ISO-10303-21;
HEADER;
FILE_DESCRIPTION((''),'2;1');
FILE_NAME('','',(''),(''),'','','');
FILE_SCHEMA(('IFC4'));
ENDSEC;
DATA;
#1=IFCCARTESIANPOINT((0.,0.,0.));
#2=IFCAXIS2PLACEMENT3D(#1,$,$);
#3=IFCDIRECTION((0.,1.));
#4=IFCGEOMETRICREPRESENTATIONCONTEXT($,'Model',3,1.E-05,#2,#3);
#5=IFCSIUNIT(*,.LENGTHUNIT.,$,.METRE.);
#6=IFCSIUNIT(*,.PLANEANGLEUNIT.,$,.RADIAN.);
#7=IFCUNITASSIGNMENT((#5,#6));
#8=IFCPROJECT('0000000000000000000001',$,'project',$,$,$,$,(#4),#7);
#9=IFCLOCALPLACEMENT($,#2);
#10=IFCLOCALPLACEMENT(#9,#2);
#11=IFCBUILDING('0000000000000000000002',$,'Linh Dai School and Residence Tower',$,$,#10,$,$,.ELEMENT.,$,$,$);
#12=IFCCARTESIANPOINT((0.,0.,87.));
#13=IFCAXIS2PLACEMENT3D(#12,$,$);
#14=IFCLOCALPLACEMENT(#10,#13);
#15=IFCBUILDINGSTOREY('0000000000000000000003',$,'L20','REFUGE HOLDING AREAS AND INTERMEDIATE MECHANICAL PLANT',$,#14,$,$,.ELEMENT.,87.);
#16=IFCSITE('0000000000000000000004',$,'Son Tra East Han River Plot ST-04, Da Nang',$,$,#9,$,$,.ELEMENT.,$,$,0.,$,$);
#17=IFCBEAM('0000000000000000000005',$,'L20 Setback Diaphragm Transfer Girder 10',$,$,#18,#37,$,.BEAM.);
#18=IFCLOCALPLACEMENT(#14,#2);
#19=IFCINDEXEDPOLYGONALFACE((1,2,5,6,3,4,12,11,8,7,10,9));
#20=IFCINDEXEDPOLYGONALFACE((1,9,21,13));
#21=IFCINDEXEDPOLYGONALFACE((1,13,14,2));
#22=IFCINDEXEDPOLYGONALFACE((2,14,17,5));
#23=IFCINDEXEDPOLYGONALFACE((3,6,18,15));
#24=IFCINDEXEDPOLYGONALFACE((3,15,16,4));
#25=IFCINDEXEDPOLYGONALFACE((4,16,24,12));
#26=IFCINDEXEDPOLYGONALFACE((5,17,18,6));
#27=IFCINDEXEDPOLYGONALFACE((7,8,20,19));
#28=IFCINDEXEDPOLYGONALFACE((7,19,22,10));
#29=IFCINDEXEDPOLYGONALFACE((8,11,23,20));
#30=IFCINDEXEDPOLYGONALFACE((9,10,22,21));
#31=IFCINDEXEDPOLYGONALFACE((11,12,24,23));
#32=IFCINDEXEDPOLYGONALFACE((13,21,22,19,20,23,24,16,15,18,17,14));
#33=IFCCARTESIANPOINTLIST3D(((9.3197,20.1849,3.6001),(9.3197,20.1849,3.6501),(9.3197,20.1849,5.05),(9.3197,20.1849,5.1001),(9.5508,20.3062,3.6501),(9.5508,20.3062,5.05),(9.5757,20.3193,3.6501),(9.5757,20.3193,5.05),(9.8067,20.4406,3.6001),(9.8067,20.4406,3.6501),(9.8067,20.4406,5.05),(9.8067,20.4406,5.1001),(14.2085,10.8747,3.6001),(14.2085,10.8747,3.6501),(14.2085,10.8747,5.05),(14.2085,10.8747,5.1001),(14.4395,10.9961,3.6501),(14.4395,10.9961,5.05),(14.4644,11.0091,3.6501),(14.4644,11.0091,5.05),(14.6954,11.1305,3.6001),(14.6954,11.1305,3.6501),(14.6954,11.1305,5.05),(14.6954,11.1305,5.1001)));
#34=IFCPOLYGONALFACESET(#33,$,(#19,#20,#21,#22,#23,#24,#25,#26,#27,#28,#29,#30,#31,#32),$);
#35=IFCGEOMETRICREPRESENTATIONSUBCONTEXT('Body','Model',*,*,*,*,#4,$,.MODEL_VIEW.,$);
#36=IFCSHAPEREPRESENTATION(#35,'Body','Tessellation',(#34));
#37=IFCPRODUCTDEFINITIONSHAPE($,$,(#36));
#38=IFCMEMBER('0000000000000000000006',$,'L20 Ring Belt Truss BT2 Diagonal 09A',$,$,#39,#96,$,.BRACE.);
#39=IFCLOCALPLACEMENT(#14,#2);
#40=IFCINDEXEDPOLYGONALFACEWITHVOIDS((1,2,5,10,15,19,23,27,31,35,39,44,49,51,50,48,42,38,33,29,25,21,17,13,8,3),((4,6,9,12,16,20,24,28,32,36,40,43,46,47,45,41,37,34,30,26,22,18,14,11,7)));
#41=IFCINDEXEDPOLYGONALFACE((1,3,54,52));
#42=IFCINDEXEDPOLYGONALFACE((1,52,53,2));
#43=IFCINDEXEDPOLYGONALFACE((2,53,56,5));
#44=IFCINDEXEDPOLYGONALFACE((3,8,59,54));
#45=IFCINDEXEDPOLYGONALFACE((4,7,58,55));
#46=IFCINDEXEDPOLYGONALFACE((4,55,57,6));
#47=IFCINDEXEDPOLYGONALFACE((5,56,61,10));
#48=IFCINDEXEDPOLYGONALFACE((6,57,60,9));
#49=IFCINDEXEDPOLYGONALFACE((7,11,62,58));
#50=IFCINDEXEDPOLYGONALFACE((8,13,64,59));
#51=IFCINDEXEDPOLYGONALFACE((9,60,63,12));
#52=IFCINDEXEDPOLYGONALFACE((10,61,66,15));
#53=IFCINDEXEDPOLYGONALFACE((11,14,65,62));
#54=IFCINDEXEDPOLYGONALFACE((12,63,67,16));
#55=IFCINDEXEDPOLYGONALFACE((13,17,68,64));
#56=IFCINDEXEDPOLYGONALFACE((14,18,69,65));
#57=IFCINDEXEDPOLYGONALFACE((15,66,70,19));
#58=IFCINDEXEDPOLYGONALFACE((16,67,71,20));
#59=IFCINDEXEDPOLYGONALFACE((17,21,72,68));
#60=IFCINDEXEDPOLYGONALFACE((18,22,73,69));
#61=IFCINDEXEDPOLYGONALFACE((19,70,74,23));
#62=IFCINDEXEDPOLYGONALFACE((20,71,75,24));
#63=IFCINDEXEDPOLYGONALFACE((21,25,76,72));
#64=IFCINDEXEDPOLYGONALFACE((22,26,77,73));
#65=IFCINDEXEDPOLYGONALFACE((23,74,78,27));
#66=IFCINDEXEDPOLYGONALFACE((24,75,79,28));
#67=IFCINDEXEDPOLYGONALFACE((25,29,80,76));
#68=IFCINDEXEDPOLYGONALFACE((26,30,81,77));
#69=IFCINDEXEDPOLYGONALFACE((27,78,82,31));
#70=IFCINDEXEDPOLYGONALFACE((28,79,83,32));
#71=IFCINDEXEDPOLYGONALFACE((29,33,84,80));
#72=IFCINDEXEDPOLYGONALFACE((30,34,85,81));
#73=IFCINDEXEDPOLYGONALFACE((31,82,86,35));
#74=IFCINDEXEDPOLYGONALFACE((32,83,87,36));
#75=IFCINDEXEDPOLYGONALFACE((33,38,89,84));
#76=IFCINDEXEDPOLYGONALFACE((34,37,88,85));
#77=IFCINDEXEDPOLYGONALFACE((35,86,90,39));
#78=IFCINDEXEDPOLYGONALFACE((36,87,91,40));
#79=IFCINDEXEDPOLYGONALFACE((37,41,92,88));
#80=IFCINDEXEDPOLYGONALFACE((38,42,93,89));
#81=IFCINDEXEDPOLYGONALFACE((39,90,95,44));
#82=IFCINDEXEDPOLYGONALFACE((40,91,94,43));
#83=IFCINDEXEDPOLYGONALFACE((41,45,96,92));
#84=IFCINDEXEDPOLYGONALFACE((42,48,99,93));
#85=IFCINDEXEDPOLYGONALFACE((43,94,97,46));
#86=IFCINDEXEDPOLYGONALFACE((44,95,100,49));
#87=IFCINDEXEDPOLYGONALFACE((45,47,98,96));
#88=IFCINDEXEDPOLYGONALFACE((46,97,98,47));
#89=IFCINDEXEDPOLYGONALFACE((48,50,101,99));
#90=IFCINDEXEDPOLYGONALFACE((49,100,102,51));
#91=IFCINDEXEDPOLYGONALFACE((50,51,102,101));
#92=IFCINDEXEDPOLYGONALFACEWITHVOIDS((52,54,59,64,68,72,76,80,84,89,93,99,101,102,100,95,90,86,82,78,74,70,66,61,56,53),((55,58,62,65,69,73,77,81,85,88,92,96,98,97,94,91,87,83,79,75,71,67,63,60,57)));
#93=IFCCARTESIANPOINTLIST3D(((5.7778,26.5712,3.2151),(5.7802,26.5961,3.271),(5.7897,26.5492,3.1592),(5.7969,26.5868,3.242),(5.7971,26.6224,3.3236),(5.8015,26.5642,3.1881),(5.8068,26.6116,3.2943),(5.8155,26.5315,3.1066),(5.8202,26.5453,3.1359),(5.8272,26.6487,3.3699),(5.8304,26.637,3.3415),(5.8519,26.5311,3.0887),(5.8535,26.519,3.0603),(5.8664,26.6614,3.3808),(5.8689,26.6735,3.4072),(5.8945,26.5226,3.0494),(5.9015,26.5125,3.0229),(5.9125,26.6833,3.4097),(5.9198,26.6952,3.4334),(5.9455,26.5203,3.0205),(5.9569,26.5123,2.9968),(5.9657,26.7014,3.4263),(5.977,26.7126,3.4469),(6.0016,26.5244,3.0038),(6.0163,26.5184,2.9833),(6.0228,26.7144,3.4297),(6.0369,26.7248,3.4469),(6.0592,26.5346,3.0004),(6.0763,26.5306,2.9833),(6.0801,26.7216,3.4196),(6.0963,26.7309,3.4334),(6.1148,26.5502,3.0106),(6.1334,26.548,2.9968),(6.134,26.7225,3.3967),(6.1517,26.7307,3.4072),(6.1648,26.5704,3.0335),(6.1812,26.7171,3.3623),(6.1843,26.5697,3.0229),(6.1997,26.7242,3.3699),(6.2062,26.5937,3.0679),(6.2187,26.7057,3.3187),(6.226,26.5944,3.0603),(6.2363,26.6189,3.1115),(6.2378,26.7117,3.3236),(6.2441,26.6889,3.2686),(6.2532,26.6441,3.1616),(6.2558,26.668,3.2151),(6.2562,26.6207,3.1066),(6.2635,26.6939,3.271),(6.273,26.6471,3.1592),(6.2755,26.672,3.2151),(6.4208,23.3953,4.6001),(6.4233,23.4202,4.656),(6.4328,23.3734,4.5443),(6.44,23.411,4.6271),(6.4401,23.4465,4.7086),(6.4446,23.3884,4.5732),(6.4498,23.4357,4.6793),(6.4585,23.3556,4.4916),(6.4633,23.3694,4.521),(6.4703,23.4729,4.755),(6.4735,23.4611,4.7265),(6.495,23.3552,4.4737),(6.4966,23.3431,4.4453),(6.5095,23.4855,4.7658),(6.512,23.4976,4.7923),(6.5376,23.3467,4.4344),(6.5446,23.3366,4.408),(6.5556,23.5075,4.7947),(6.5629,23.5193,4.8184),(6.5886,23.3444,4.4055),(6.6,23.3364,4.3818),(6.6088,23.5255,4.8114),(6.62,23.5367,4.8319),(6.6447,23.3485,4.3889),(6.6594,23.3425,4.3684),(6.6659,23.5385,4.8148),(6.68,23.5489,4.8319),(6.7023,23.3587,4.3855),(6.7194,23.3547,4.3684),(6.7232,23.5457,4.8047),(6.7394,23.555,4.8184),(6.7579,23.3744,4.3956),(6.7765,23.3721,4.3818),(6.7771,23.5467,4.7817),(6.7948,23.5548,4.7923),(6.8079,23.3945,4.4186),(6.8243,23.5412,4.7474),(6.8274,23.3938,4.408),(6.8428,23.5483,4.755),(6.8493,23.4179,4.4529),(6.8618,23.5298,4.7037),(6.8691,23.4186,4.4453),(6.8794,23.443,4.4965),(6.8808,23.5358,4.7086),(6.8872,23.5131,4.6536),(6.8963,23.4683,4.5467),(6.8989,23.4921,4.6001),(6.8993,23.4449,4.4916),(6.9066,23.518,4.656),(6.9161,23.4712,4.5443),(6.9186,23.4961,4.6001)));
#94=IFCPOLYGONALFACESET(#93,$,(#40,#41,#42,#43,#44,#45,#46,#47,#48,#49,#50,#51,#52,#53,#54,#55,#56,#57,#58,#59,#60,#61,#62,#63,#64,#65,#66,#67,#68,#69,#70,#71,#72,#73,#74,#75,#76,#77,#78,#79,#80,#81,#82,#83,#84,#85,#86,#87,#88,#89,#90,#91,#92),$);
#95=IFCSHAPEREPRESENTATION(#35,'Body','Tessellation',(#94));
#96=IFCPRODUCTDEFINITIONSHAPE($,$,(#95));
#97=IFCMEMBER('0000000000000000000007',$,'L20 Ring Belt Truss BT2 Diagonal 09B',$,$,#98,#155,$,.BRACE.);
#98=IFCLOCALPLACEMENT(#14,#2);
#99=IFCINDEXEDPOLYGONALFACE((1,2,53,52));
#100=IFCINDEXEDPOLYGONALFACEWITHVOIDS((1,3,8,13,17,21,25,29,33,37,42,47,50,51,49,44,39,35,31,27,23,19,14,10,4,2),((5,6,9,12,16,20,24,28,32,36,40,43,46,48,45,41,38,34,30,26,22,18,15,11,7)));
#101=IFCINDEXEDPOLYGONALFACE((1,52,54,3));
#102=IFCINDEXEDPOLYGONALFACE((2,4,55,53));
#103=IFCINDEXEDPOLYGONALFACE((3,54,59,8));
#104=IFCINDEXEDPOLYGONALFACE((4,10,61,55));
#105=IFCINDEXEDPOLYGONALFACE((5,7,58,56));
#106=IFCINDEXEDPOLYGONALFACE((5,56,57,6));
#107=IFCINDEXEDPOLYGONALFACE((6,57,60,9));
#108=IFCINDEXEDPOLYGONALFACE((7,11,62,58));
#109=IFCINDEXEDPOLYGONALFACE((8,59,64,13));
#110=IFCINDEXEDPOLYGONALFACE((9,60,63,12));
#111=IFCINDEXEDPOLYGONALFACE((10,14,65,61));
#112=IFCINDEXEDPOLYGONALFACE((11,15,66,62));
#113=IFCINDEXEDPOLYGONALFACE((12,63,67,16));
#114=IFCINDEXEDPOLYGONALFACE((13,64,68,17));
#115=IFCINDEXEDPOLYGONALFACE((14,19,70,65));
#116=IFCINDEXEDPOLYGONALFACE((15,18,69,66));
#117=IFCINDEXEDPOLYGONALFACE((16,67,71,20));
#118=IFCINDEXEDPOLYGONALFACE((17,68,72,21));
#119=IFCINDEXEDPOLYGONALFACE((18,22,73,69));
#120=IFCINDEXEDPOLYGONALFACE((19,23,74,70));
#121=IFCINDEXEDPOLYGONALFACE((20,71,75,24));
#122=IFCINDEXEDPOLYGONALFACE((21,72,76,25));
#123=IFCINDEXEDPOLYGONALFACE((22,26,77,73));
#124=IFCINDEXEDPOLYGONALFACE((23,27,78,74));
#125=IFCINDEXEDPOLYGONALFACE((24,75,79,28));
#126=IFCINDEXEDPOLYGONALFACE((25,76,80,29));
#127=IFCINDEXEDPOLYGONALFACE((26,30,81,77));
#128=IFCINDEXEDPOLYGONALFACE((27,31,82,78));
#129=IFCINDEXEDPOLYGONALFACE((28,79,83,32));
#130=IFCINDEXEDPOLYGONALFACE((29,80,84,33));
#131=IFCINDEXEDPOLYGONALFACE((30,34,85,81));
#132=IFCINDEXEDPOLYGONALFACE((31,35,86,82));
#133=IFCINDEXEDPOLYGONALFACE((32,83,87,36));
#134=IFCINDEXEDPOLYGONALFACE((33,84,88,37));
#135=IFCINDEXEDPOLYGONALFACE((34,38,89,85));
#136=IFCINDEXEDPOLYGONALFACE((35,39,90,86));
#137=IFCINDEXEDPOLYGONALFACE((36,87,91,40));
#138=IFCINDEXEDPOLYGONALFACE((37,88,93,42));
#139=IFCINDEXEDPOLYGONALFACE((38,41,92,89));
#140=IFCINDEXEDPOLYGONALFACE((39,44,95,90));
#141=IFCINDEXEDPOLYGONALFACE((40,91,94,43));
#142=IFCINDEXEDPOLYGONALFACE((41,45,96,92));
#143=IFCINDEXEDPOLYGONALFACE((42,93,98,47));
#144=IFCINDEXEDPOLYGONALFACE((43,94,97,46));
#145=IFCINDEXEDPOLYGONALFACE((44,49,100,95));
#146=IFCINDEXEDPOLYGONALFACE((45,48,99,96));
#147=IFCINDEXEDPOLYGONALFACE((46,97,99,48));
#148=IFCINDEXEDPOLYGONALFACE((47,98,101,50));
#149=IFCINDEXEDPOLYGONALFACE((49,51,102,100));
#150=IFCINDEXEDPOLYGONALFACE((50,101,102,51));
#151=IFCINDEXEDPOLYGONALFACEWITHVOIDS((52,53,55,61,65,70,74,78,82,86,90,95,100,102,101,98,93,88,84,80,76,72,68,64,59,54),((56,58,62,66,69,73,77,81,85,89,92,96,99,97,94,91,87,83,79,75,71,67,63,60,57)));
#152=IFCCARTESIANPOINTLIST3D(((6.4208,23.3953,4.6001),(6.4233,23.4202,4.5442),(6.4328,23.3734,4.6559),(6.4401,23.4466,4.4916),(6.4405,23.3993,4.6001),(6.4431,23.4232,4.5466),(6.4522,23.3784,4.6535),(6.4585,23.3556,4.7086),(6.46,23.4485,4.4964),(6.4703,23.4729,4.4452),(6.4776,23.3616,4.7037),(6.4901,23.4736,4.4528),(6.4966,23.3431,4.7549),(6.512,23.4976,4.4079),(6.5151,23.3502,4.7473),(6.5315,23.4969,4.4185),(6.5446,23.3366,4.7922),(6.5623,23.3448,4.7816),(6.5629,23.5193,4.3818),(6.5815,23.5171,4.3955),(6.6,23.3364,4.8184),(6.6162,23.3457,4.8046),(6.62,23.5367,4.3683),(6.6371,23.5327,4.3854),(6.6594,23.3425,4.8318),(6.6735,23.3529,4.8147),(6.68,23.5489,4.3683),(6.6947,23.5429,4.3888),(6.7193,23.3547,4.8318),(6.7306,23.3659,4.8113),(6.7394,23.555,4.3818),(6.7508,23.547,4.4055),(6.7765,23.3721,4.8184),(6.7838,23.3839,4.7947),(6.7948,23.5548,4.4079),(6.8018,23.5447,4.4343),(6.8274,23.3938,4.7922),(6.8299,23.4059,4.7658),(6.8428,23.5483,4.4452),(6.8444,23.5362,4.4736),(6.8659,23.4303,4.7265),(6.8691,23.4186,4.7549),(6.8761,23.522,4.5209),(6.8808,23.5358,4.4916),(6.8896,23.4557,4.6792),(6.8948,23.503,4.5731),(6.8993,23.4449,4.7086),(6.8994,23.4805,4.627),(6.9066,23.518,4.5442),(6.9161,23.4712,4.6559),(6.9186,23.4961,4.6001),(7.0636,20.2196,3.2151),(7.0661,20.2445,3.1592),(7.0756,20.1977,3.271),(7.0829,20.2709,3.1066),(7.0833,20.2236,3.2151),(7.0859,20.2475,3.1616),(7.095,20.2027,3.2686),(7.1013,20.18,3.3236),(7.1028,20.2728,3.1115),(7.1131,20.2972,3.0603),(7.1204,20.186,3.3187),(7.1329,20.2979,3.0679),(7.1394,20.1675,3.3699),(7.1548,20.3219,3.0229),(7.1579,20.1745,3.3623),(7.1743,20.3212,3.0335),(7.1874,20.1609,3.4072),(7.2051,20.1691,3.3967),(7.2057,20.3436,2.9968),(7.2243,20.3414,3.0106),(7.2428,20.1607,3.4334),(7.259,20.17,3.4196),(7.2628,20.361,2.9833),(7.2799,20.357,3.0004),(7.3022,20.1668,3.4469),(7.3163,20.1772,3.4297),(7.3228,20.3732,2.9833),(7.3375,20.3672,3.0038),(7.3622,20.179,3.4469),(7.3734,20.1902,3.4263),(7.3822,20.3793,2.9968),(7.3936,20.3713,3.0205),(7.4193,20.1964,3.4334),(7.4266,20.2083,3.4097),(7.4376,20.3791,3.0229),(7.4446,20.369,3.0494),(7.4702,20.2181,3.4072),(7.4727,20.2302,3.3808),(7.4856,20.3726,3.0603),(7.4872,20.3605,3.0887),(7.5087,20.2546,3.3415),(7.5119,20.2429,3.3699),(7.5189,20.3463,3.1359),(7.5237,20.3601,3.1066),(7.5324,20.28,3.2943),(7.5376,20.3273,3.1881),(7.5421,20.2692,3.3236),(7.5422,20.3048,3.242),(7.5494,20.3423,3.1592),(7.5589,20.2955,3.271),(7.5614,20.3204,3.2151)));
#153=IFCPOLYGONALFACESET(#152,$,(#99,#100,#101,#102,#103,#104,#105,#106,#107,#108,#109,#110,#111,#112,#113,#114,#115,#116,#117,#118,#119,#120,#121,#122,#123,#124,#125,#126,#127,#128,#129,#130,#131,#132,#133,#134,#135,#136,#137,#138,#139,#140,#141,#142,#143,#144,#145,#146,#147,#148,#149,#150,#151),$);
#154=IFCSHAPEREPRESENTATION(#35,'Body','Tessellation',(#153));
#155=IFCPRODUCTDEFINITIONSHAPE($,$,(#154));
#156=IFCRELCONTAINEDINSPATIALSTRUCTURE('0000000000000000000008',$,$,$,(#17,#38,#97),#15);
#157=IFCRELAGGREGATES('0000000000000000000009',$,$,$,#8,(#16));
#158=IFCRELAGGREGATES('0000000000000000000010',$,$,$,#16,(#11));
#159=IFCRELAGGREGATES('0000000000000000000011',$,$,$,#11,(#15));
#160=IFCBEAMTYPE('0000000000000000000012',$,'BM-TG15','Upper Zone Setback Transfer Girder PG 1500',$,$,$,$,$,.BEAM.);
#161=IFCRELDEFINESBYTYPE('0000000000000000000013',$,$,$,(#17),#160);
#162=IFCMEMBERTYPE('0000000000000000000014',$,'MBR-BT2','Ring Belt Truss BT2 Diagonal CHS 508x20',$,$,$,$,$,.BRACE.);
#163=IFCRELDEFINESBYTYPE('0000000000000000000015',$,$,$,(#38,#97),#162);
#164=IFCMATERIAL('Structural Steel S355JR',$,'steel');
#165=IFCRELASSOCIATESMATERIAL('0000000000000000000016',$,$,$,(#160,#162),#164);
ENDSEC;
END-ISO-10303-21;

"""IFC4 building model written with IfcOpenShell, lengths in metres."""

from ifc_helpers import new_model, si_unit, direction, frame, origin, origin_2d, place, context, subcontext, project, spatial, hollow_circle, i_section, extrude, material, material_profile, profile_set, type_object, element, save


model = new_model("IFC4")

# Units and contexts
model_context = context("Model", 3, precision=1e-05, world=origin(), true_north=direction((0.0, 1.0)))
body_context = subcontext(model_context, "Body", "Model", "MODEL_VIEW")
ifc_project = project(units=[si_unit("LENGTHUNIT", "METRE"), si_unit("PLANEANGLEUNIT", "RADIAN")], contexts=[model_context])

# Site, building, storey
site_placement = place(None, origin())
site = spatial("IfcSite", under=ifc_project, at=site_placement, Name="Son Tra East Han River Plot ST-04, Da Nang", CompositionType="ELEMENT", RefElevation=0.0)
building_placement = place(site_placement, origin())
building = spatial("IfcBuilding", under=site, at=building_placement, Name="Linh Dai School and Residence Tower", CompositionType="ELEMENT")
storey_placement = place(building_placement, frame((0.0, 0.0, 87.0)))
storey = spatial("IfcBuildingStorey", under=building, at=storey_placement, Name="L20", Description="REFUGE HOLDING AREAS AND INTERMEDIATE MECHANICAL PLANT", CompositionType="ELEMENT", Elevation=87.0)

# Shared definitions
ifc_material_1 = material(Name="Structural Steel S355JR", Category="steel")

# Beam
ifc_material_profile_1 = material_profile(ifc_material_1, i_section(OverallWidth=0.55, OverallDepth=1.5, WebThickness=0.0281, FlangeThickness=0.05, at=origin_2d()), Name="PG 1500x550x28x50")
ifc_profile_set_1 = profile_set([ifc_material_profile_1], Name="Structural Steel S355JR")
beam_type_1 = type_object("IfcBeamType", Name="BM-TG15", Description="Upper Zone Setback Transfer Girder PG 1500", PredefinedType="BEAM", material=ifc_profile_set_1)
beam_1_placement = place(storey_placement, frame((9.5632, 20.3127, 4.3501), z_axis=(0.4649, -0.885363, 0.0), x_axis=(0.885363, 0.4649, 0.0)))
element("IfcBeam", 1, at=beam_1_placement, inside=storey, type_object=beam_type_1, Name="L20 Setback Diaphragm Transfer Girder 10", PredefinedType="BEAM", context=body_context, shape_type="SweptSolid", body=[
    extrude(i_section(OverallWidth=0.55, OverallDepth=1.5, WebThickness=0.0281, FlangeThickness=0.05, at=origin_2d()), origin(), (0.0, 0.0, 1.0), 10.5156),
])

# Members
ifc_material_profile_2 = material_profile(ifc_material_1, hollow_circle(Radius=0.2539, WallThickness=0.02, at=origin_2d()), Name="CHS 508x20")
ifc_profile_set_2 = profile_set([ifc_material_profile_2], Name="Structural Steel S355JR")
member_type_1 = type_object("IfcMemberType", Name="MBR-BT2", Description="Ring Belt Truss BT2 Diagonal CHS 508x20", PredefinedType="BRACE", material=ifc_profile_set_2)
member_1_placement = place(storey_placement, frame((6.0266, 26.6216, 3.2151), z_axis=(0.182491, -0.90123, 0.393041), x_axis=(0.980108, 0.198463, 0.0)))
element("IfcMember", 2, at=member_1_placement, inside=storey, type_object=member_type_1, Name="L20 Ring Belt Truss BT2 Diagonal 09A", PredefinedType="BRACE", context=body_context, shape_type="SweptSolid", body=[
    extrude(hollow_circle(Radius=0.2539, WallThickness=0.02, at=origin_2d()), origin(), (0.0, 0.0, 1.0), 3.5239),
])
member_2_placement = place(storey_placement, frame((7.3125, 20.27, 3.2151), z_axis=(-0.182424, 0.901242, 0.393046), x_axis=(-0.980123, -0.198391, 0.0)))
element("IfcMember", 3, at=member_2_placement, inside=storey, type_object=member_type_1, Name="L20 Ring Belt Truss BT2 Diagonal 09B", PredefinedType="BRACE", context=body_context, shape_type="SweptSolid", body=[
    extrude(hollow_circle(Radius=0.2539, WallThickness=0.02, at=origin_2d()), origin(), (0.0, 0.0, 1.0), 3.5237),
])

save(model, "model.ifc")
